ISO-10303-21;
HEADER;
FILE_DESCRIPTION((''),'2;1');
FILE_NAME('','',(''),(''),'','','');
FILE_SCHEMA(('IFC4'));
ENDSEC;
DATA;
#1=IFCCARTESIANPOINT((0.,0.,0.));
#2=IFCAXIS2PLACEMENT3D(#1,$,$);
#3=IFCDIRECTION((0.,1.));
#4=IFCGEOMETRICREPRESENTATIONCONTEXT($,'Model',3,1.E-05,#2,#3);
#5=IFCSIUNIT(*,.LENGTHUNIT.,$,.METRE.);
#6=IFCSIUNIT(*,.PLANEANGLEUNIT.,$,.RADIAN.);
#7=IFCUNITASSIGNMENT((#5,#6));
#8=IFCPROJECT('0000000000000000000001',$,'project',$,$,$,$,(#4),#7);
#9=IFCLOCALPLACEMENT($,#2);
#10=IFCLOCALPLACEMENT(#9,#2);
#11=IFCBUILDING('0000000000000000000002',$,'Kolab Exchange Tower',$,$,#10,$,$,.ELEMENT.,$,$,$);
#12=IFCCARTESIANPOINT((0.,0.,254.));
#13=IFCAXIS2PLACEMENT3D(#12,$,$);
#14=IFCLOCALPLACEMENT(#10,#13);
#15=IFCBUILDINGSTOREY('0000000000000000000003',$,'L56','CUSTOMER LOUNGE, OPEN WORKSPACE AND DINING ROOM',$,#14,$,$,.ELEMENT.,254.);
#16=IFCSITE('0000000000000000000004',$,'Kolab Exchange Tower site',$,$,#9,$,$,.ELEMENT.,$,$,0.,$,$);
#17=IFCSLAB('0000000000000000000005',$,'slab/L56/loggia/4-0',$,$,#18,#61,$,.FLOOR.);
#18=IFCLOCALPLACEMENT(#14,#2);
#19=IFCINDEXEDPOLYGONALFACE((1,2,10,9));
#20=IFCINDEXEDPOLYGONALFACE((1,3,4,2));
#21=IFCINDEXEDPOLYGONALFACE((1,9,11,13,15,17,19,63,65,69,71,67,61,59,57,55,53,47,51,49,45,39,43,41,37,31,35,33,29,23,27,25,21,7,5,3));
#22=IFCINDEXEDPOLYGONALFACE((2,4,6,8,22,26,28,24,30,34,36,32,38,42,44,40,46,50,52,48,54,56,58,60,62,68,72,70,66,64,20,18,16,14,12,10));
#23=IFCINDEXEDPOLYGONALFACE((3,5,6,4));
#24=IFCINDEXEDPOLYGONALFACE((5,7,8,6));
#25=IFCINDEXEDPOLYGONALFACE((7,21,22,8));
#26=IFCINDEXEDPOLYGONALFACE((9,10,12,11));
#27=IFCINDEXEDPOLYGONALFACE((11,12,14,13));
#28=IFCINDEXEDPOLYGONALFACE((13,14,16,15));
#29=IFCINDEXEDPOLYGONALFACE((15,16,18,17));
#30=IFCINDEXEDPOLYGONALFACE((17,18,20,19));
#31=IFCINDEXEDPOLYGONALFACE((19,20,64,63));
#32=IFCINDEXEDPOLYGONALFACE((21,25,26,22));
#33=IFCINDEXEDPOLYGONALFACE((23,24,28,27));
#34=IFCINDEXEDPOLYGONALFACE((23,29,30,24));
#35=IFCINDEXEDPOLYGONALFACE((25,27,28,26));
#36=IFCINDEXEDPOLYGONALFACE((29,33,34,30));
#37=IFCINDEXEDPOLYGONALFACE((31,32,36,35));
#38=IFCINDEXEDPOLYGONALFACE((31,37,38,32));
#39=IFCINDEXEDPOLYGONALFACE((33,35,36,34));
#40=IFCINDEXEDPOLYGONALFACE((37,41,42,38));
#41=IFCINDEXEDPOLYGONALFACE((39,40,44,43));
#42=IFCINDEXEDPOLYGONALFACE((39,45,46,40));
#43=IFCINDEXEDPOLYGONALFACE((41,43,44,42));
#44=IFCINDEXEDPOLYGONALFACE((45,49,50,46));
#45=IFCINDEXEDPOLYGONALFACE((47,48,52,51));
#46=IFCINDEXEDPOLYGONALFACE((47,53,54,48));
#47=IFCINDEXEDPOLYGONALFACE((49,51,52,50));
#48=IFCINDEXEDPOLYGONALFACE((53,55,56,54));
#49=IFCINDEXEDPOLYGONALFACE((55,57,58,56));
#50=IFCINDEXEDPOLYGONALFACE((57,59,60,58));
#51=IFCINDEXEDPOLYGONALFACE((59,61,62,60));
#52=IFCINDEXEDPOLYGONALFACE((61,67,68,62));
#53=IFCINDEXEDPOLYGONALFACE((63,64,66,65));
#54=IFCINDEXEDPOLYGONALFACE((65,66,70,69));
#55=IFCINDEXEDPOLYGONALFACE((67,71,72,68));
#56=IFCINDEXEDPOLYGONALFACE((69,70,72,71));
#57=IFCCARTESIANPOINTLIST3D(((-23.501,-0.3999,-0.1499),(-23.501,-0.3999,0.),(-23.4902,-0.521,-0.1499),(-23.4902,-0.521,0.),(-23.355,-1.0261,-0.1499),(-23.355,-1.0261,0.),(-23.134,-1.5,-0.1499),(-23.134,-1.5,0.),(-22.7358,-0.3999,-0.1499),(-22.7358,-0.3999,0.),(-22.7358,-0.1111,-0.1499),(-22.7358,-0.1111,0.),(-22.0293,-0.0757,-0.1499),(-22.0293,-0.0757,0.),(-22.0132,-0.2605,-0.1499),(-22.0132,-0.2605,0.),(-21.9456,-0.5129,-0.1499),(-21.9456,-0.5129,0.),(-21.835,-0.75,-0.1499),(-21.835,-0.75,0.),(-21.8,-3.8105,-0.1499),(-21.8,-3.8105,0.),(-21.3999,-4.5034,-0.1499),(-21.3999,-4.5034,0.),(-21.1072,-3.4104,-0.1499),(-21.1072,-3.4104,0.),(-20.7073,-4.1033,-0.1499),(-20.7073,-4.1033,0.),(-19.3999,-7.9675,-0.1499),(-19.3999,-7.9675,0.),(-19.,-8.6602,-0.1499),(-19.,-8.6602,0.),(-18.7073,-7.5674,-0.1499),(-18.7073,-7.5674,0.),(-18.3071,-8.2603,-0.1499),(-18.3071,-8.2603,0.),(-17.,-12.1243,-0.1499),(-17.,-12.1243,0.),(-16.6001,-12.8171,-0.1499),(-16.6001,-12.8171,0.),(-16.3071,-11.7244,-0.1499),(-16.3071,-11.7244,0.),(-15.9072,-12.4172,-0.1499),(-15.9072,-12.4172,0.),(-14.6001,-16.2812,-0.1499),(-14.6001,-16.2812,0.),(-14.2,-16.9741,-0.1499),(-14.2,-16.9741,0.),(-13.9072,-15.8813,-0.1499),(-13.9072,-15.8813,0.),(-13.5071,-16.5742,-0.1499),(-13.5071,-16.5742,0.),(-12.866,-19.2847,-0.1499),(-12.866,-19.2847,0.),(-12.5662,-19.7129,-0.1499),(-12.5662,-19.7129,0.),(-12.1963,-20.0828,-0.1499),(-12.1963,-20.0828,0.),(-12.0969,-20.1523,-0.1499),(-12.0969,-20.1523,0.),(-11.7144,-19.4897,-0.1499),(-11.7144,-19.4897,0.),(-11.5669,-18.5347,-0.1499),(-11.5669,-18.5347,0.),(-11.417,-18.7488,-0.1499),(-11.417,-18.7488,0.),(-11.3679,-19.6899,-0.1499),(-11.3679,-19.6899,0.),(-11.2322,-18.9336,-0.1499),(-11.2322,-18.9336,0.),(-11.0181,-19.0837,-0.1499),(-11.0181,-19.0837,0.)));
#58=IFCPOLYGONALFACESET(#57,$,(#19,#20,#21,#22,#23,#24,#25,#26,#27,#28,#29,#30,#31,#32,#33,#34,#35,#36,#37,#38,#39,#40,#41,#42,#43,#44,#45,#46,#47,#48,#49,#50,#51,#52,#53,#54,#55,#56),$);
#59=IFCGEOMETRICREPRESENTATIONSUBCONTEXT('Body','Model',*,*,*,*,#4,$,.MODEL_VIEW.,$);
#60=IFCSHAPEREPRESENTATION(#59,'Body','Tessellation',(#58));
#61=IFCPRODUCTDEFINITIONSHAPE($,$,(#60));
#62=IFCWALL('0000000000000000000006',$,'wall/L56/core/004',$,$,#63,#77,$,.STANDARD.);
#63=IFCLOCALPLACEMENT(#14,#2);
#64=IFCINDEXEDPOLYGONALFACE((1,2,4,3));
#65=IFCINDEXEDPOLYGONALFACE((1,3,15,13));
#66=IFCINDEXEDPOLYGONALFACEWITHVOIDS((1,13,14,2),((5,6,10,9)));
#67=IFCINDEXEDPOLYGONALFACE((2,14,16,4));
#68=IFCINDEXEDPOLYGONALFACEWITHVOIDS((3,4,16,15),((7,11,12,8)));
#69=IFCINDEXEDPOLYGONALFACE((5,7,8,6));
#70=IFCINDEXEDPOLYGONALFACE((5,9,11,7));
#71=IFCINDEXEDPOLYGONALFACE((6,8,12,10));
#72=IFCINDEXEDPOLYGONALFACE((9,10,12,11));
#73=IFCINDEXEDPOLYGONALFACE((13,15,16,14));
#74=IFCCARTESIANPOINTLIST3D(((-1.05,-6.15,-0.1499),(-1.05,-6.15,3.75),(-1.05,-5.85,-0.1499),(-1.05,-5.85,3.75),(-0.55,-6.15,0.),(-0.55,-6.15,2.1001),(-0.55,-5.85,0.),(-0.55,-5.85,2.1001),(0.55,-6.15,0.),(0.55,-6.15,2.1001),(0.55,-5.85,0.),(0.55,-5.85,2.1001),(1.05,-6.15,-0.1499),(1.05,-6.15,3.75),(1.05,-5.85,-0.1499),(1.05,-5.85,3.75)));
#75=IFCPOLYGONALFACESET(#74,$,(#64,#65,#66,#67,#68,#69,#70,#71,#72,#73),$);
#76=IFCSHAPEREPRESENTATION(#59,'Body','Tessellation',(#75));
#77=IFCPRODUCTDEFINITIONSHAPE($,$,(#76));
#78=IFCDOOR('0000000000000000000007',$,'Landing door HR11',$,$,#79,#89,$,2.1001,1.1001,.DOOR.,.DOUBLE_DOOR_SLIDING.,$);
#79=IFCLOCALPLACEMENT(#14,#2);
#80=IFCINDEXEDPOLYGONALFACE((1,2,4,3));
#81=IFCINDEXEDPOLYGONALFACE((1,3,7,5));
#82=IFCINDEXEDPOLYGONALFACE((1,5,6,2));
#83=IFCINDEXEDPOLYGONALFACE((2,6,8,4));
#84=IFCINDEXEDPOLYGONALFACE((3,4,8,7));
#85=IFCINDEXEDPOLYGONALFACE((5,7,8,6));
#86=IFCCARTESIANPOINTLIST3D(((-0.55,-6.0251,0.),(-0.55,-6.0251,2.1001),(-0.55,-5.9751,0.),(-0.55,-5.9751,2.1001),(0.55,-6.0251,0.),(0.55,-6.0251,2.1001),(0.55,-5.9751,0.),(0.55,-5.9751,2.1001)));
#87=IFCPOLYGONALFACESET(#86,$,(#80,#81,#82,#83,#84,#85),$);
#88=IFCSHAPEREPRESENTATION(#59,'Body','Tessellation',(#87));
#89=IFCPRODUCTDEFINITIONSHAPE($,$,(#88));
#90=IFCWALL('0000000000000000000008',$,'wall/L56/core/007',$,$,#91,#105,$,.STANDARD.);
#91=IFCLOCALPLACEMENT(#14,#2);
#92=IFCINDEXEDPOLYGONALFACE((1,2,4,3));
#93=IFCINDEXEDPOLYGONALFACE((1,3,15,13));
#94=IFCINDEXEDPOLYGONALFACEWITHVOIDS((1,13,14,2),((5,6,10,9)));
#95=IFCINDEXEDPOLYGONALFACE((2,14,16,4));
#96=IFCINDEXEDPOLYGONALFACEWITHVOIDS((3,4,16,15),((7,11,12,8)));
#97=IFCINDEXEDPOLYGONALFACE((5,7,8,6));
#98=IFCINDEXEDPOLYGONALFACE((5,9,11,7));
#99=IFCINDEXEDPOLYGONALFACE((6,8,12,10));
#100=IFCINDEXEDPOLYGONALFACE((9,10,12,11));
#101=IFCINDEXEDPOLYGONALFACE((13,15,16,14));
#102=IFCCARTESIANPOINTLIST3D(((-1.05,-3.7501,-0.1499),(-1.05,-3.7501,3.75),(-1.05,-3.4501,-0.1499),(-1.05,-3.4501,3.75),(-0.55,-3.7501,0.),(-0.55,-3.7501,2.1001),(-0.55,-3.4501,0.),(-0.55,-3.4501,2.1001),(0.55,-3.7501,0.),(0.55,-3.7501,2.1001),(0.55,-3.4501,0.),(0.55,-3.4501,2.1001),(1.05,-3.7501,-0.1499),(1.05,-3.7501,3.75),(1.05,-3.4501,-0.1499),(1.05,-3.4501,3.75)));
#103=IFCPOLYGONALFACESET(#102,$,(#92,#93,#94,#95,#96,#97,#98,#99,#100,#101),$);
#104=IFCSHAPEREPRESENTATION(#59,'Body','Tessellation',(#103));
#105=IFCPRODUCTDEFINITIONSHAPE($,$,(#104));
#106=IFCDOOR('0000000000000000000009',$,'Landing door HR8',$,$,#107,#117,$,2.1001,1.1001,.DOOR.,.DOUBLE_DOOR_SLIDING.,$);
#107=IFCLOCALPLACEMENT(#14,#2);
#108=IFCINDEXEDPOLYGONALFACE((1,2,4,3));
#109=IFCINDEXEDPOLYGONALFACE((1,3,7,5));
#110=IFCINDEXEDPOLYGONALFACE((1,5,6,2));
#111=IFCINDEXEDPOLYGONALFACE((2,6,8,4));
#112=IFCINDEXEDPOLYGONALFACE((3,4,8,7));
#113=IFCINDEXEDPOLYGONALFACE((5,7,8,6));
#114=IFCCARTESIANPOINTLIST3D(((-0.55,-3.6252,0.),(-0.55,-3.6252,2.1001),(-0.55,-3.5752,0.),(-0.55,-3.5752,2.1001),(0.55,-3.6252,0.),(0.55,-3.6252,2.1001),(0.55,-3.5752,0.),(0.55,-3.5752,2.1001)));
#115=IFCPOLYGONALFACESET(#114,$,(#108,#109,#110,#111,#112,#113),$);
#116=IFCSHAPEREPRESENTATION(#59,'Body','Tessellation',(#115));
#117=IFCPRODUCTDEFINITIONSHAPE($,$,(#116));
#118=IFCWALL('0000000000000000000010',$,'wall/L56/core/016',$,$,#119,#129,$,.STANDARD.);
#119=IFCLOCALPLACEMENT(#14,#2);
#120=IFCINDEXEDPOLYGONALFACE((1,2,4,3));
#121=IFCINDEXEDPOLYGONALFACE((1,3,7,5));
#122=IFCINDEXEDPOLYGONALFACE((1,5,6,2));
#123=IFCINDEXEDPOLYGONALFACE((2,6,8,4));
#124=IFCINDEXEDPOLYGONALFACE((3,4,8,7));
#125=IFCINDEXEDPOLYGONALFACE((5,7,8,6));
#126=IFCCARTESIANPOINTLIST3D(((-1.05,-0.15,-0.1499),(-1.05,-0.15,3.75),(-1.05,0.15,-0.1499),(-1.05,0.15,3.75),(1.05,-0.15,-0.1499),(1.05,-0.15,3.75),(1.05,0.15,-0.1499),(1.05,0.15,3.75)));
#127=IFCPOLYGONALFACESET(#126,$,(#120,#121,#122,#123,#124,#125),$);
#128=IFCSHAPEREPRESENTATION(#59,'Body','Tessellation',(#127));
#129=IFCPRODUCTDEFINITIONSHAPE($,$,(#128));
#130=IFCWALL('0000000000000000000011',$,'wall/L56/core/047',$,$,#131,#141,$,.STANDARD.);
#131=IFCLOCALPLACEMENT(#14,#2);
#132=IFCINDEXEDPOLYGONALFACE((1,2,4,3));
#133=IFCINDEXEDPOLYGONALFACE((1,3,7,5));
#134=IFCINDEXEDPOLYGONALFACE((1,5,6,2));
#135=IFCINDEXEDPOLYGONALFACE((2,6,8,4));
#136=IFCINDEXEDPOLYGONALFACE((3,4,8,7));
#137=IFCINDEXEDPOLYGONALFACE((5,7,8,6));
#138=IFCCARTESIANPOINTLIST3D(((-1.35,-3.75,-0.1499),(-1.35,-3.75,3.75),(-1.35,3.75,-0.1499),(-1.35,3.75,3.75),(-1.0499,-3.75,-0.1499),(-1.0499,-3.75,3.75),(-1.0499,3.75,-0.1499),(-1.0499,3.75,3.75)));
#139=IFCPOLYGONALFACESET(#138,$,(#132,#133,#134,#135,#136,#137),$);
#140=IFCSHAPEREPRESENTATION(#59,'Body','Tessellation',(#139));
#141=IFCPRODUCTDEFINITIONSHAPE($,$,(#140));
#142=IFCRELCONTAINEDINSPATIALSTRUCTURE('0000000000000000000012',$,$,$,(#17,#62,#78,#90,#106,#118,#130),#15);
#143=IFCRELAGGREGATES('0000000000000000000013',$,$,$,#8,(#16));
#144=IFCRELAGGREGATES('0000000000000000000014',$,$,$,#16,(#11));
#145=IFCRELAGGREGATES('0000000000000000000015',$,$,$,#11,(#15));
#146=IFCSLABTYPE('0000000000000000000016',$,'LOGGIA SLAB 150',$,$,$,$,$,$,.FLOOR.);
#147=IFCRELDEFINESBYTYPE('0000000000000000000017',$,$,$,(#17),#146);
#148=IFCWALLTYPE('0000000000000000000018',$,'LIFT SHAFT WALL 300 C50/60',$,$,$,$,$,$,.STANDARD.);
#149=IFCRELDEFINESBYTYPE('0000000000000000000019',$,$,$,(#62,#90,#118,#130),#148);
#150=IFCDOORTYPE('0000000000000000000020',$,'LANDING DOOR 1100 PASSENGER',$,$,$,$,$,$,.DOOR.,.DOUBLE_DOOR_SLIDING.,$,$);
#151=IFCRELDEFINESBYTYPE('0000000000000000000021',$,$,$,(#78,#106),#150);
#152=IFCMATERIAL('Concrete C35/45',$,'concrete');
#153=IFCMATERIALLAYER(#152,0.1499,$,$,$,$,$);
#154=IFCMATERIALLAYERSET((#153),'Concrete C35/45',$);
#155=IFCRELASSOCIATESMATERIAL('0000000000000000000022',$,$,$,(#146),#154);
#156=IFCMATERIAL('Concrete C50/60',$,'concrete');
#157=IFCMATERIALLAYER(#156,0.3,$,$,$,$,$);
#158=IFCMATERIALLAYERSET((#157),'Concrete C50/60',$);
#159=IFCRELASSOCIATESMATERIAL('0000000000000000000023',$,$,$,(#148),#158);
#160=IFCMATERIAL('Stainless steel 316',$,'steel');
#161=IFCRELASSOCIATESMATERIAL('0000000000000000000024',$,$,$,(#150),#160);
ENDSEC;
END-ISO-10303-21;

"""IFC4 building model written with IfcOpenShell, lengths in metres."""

from ifc_helpers import new_model, si_unit, direction, frame, frame_2d, origin, place, context, subcontext, project, spatial, polyline, rectangle, outline, extrude, material, layer, layer_set, type_object, element, fill, save


model = new_model("IFC4")

# Units and contexts
model_context = context("Model", 3, precision=1e-05, world=origin(), true_north=direction((0.0, 1.0)))
body_context = subcontext(model_context, "Body", "Model", "MODEL_VIEW")
ifc_project = project(units=[si_unit("LENGTHUNIT", "METRE"), si_unit("PLANEANGLEUNIT", "RADIAN")], contexts=[model_context])

# Site, building, storey
site_placement = place(None, origin())
site = spatial("IfcSite", under=ifc_project, at=site_placement, Name="Kolab Exchange Tower site", CompositionType="ELEMENT", RefElevation=0.0)
building_placement = place(site_placement, origin())
building = spatial("IfcBuilding", under=site, at=building_placement, Name="Kolab Exchange Tower", CompositionType="ELEMENT")
storey_placement = place(building_placement, frame((0.0, 0.0, 254.0)))
storey = spatial("IfcBuildingStorey", under=building, at=storey_placement, Name="L56", Description="CUSTOMER LOUNGE, OPEN WORKSPACE AND DINING ROOM", CompositionType="ELEMENT", Elevation=254.0)

# Slab
ifc_material_1 = material(Name="Concrete C35/45", Category="concrete")
ifc_layer_1 = layer(ifc_material_1, 0.1499)
ifc_layer_set_1 = layer_set([ifc_layer_1], Name="Concrete C35/45")
slab_type_1 = type_object("IfcSlabType", Name="LOGGIA SLAB 150", PredefinedType="FLOOR", material=ifc_layer_set_1)
slab_1_placement = place(storey_placement, frame((0.0, 0.0, -0.1499)))
element("IfcSlab", 1, at=slab_1_placement, inside=storey, type_object=slab_type_1, Name="slab/L56/loggia/4-0", PredefinedType="FLOOR", context=body_context, shape_type="SweptSolid", body=[
    extrude(outline(polyline([(-22.0132, -0.2605), (-22.0293, -0.0757), (-22.7358, -0.1111), (-22.7358, -0.3999), (-23.501, -0.3999), (-23.4902, -0.521), (-23.355, -1.0261), (-23.134, -1.5), (-21.8, -3.8105), (-21.1072, -3.4104), (-20.7073, -4.1033), (-21.3999, -4.5034), (-19.3999, -7.9675), (-18.7073, -7.5674), (-18.3071, -8.2603), (-19.0, -8.6602), (-17.0, -12.1243), (-16.3071, -11.7244), (-15.9072, -12.4172), (-16.6001, -12.8171), (-14.6001, -16.2812), (-13.9072, -15.8813), (-13.5071, -16.5742), (-14.2, -16.9741), (-12.866, -19.2847), (-12.5662, -19.7129), (-12.1963, -20.0828), (-12.0969, -20.1523), (-11.7144, -19.4897), (-11.3679, -19.6899), (-11.0181, -19.0837), (-11.2322, -18.9336), (-11.417, -18.7488), (-11.5669, -18.5347), (-21.835, -0.75), (-21.9456, -0.5129), (-22.0132, -0.2605)])), origin(), (0.0, 0.0, 1.0), 0.1499),
])

# Walls, openings, doors
ifc_material_2 = material(Name="Concrete C50/60", Category="concrete")
ifc_layer_2 = layer(ifc_material_2, 0.3)
ifc_layer_set_2 = layer_set([ifc_layer_2], Name="Concrete C50/60")
wall_type = type_object("IfcWallType", Name="LIFT SHAFT WALL 300 C50/60", PredefinedType="STANDARD", material=ifc_layer_set_2)
wall_1_placement = place(storey_placement, frame((-1.05, -6.0, -0.1499), z_axis=(0.0, 0.0, 1.0), x_axis=(1.0, 0.0, 0.0)))
wall_1 = element("IfcWall", 2, at=wall_1_placement, inside=storey, type_object=wall_type, Name="wall/L56/core/004", PredefinedType="STANDARD", context=body_context, shape_type="SweptSolid", body=[
    extrude(rectangle(XDim=2.1001, YDim=0.3, at=frame_2d((1.05, 0.0))), origin(), (0.0, 0.0, 1.0), 3.8999),
])
opening_1_placement = place(wall_1_placement, frame((0.5, 0.0, 0.1499)))
opening_1 = element("IfcOpeningElement", 3, at=opening_1_placement, cuts=wall_1, PredefinedType="OPENING", context=body_context, shape_type="SweptSolid", body=[
    extrude(rectangle(XDim=1.1001, YDim=2.1001, at=frame_2d((0.55, 1.05))), frame((0.0, 0.1602, 0.0), z_axis=(0.0, -1.0, 0.0), x_axis=(1.0, 0.0, 0.0)), (0.0, 0.0, 1.0), 0.3201),
])
ifc_material_3 = material(Name="Stainless steel 316", Category="steel")
door_type = type_object("IfcDoorType", Name="LANDING DOOR 1100 PASSENGER", OperationType="DOUBLE_DOOR_SLIDING", PredefinedType="DOOR", material=ifc_material_3)
door_1_placement = place(opening_1_placement, origin())
door_1 = element("IfcDoor", 4, at=door_1_placement, inside=storey, type_object=door_type, Name="Landing door HR11", OperationType="DOUBLE_DOOR_SLIDING", OverallHeight=2.1001, OverallWidth=1.1001, PredefinedType="DOOR", context=body_context, shape_type="SweptSolid", body=[
    extrude(rectangle(XDim=1.1001, YDim=2.1001, at=frame_2d((0.55, 1.05))), frame((0.0, 0.0249, 0.0), z_axis=(0.0, -1.0, 0.0), x_axis=(1.0, 0.0, 0.0)), (0.0, 0.0, 1.0), 0.05),
])
fill(opening_1, door_1)
wall_2_placement = place(storey_placement, frame((-1.05, -3.6001, -0.1499), z_axis=(0.0, 0.0, 1.0), x_axis=(1.0, 0.0, 0.0)))
wall_2 = element("IfcWall", 5, at=wall_2_placement, inside=storey, type_object=wall_type, Name="wall/L56/core/007", PredefinedType="STANDARD", context=body_context, shape_type="SweptSolid", body=[
    extrude(rectangle(XDim=2.1001, YDim=0.3, at=frame_2d((1.05, 0.0))), origin(), (0.0, 0.0, 1.0), 3.8999),
])
opening_2_placement = place(wall_2_placement, frame((0.5, 0.0, 0.1499)))
opening_2 = element("IfcOpeningElement", 6, at=opening_2_placement, cuts=wall_2, PredefinedType="OPENING", context=body_context, shape_type="SweptSolid", body=[
    extrude(rectangle(XDim=1.1001, YDim=2.1001, at=frame_2d((0.55, 1.05))), frame((0.0, 0.1602, 0.0), z_axis=(0.0, -1.0, 0.0), x_axis=(1.0, 0.0, 0.0)), (0.0, 0.0, 1.0), 0.3201),
])
door_2_placement = place(opening_2_placement, origin())
door_2 = element("IfcDoor", 7, at=door_2_placement, inside=storey, type_object=door_type, Name="Landing door HR8", OperationType="DOUBLE_DOOR_SLIDING", OverallHeight=2.1001, OverallWidth=1.1001, PredefinedType="DOOR", context=body_context, shape_type="SweptSolid", body=[
    extrude(rectangle(XDim=1.1001, YDim=2.1001, at=frame_2d((0.55, 1.05))), frame((0.0, 0.0249, 0.0), z_axis=(0.0, -1.0, 0.0), x_axis=(1.0, 0.0, 0.0)), (0.0, 0.0, 1.0), 0.05),
])
fill(opening_2, door_2)

# Walls
wall_3_placement = place(storey_placement, frame((-1.05, 0.0, -0.1499), z_axis=(0.0, 0.0, 1.0), x_axis=(1.0, 0.0, 0.0)))
element("IfcWall", 8, at=wall_3_placement, inside=storey, type_object=wall_type, Name="wall/L56/core/016", PredefinedType="STANDARD", context=body_context, shape_type="SweptSolid", body=[
    extrude(rectangle(XDim=2.1001, YDim=0.3, at=frame_2d((1.05, 0.0))), origin(), (0.0, 0.0, 1.0), 3.8999),
])
wall_4_placement = place(storey_placement, frame((-1.2, -3.75, -0.1499), z_axis=(0.0, 0.0, 1.0), x_axis=(0.0, 1.0, 0.0)))
element("IfcWall", 9, at=wall_4_placement, inside=storey, type_object=wall_type, Name="wall/L56/core/047", PredefinedType="STANDARD", context=body_context, shape_type="SweptSolid", body=[
    extrude(rectangle(XDim=7.5, YDim=0.3, at=frame_2d((3.75, 0.0))), origin(), (0.0, 0.0, 1.0), 3.8999),
])

save(model, "model.ifc")
